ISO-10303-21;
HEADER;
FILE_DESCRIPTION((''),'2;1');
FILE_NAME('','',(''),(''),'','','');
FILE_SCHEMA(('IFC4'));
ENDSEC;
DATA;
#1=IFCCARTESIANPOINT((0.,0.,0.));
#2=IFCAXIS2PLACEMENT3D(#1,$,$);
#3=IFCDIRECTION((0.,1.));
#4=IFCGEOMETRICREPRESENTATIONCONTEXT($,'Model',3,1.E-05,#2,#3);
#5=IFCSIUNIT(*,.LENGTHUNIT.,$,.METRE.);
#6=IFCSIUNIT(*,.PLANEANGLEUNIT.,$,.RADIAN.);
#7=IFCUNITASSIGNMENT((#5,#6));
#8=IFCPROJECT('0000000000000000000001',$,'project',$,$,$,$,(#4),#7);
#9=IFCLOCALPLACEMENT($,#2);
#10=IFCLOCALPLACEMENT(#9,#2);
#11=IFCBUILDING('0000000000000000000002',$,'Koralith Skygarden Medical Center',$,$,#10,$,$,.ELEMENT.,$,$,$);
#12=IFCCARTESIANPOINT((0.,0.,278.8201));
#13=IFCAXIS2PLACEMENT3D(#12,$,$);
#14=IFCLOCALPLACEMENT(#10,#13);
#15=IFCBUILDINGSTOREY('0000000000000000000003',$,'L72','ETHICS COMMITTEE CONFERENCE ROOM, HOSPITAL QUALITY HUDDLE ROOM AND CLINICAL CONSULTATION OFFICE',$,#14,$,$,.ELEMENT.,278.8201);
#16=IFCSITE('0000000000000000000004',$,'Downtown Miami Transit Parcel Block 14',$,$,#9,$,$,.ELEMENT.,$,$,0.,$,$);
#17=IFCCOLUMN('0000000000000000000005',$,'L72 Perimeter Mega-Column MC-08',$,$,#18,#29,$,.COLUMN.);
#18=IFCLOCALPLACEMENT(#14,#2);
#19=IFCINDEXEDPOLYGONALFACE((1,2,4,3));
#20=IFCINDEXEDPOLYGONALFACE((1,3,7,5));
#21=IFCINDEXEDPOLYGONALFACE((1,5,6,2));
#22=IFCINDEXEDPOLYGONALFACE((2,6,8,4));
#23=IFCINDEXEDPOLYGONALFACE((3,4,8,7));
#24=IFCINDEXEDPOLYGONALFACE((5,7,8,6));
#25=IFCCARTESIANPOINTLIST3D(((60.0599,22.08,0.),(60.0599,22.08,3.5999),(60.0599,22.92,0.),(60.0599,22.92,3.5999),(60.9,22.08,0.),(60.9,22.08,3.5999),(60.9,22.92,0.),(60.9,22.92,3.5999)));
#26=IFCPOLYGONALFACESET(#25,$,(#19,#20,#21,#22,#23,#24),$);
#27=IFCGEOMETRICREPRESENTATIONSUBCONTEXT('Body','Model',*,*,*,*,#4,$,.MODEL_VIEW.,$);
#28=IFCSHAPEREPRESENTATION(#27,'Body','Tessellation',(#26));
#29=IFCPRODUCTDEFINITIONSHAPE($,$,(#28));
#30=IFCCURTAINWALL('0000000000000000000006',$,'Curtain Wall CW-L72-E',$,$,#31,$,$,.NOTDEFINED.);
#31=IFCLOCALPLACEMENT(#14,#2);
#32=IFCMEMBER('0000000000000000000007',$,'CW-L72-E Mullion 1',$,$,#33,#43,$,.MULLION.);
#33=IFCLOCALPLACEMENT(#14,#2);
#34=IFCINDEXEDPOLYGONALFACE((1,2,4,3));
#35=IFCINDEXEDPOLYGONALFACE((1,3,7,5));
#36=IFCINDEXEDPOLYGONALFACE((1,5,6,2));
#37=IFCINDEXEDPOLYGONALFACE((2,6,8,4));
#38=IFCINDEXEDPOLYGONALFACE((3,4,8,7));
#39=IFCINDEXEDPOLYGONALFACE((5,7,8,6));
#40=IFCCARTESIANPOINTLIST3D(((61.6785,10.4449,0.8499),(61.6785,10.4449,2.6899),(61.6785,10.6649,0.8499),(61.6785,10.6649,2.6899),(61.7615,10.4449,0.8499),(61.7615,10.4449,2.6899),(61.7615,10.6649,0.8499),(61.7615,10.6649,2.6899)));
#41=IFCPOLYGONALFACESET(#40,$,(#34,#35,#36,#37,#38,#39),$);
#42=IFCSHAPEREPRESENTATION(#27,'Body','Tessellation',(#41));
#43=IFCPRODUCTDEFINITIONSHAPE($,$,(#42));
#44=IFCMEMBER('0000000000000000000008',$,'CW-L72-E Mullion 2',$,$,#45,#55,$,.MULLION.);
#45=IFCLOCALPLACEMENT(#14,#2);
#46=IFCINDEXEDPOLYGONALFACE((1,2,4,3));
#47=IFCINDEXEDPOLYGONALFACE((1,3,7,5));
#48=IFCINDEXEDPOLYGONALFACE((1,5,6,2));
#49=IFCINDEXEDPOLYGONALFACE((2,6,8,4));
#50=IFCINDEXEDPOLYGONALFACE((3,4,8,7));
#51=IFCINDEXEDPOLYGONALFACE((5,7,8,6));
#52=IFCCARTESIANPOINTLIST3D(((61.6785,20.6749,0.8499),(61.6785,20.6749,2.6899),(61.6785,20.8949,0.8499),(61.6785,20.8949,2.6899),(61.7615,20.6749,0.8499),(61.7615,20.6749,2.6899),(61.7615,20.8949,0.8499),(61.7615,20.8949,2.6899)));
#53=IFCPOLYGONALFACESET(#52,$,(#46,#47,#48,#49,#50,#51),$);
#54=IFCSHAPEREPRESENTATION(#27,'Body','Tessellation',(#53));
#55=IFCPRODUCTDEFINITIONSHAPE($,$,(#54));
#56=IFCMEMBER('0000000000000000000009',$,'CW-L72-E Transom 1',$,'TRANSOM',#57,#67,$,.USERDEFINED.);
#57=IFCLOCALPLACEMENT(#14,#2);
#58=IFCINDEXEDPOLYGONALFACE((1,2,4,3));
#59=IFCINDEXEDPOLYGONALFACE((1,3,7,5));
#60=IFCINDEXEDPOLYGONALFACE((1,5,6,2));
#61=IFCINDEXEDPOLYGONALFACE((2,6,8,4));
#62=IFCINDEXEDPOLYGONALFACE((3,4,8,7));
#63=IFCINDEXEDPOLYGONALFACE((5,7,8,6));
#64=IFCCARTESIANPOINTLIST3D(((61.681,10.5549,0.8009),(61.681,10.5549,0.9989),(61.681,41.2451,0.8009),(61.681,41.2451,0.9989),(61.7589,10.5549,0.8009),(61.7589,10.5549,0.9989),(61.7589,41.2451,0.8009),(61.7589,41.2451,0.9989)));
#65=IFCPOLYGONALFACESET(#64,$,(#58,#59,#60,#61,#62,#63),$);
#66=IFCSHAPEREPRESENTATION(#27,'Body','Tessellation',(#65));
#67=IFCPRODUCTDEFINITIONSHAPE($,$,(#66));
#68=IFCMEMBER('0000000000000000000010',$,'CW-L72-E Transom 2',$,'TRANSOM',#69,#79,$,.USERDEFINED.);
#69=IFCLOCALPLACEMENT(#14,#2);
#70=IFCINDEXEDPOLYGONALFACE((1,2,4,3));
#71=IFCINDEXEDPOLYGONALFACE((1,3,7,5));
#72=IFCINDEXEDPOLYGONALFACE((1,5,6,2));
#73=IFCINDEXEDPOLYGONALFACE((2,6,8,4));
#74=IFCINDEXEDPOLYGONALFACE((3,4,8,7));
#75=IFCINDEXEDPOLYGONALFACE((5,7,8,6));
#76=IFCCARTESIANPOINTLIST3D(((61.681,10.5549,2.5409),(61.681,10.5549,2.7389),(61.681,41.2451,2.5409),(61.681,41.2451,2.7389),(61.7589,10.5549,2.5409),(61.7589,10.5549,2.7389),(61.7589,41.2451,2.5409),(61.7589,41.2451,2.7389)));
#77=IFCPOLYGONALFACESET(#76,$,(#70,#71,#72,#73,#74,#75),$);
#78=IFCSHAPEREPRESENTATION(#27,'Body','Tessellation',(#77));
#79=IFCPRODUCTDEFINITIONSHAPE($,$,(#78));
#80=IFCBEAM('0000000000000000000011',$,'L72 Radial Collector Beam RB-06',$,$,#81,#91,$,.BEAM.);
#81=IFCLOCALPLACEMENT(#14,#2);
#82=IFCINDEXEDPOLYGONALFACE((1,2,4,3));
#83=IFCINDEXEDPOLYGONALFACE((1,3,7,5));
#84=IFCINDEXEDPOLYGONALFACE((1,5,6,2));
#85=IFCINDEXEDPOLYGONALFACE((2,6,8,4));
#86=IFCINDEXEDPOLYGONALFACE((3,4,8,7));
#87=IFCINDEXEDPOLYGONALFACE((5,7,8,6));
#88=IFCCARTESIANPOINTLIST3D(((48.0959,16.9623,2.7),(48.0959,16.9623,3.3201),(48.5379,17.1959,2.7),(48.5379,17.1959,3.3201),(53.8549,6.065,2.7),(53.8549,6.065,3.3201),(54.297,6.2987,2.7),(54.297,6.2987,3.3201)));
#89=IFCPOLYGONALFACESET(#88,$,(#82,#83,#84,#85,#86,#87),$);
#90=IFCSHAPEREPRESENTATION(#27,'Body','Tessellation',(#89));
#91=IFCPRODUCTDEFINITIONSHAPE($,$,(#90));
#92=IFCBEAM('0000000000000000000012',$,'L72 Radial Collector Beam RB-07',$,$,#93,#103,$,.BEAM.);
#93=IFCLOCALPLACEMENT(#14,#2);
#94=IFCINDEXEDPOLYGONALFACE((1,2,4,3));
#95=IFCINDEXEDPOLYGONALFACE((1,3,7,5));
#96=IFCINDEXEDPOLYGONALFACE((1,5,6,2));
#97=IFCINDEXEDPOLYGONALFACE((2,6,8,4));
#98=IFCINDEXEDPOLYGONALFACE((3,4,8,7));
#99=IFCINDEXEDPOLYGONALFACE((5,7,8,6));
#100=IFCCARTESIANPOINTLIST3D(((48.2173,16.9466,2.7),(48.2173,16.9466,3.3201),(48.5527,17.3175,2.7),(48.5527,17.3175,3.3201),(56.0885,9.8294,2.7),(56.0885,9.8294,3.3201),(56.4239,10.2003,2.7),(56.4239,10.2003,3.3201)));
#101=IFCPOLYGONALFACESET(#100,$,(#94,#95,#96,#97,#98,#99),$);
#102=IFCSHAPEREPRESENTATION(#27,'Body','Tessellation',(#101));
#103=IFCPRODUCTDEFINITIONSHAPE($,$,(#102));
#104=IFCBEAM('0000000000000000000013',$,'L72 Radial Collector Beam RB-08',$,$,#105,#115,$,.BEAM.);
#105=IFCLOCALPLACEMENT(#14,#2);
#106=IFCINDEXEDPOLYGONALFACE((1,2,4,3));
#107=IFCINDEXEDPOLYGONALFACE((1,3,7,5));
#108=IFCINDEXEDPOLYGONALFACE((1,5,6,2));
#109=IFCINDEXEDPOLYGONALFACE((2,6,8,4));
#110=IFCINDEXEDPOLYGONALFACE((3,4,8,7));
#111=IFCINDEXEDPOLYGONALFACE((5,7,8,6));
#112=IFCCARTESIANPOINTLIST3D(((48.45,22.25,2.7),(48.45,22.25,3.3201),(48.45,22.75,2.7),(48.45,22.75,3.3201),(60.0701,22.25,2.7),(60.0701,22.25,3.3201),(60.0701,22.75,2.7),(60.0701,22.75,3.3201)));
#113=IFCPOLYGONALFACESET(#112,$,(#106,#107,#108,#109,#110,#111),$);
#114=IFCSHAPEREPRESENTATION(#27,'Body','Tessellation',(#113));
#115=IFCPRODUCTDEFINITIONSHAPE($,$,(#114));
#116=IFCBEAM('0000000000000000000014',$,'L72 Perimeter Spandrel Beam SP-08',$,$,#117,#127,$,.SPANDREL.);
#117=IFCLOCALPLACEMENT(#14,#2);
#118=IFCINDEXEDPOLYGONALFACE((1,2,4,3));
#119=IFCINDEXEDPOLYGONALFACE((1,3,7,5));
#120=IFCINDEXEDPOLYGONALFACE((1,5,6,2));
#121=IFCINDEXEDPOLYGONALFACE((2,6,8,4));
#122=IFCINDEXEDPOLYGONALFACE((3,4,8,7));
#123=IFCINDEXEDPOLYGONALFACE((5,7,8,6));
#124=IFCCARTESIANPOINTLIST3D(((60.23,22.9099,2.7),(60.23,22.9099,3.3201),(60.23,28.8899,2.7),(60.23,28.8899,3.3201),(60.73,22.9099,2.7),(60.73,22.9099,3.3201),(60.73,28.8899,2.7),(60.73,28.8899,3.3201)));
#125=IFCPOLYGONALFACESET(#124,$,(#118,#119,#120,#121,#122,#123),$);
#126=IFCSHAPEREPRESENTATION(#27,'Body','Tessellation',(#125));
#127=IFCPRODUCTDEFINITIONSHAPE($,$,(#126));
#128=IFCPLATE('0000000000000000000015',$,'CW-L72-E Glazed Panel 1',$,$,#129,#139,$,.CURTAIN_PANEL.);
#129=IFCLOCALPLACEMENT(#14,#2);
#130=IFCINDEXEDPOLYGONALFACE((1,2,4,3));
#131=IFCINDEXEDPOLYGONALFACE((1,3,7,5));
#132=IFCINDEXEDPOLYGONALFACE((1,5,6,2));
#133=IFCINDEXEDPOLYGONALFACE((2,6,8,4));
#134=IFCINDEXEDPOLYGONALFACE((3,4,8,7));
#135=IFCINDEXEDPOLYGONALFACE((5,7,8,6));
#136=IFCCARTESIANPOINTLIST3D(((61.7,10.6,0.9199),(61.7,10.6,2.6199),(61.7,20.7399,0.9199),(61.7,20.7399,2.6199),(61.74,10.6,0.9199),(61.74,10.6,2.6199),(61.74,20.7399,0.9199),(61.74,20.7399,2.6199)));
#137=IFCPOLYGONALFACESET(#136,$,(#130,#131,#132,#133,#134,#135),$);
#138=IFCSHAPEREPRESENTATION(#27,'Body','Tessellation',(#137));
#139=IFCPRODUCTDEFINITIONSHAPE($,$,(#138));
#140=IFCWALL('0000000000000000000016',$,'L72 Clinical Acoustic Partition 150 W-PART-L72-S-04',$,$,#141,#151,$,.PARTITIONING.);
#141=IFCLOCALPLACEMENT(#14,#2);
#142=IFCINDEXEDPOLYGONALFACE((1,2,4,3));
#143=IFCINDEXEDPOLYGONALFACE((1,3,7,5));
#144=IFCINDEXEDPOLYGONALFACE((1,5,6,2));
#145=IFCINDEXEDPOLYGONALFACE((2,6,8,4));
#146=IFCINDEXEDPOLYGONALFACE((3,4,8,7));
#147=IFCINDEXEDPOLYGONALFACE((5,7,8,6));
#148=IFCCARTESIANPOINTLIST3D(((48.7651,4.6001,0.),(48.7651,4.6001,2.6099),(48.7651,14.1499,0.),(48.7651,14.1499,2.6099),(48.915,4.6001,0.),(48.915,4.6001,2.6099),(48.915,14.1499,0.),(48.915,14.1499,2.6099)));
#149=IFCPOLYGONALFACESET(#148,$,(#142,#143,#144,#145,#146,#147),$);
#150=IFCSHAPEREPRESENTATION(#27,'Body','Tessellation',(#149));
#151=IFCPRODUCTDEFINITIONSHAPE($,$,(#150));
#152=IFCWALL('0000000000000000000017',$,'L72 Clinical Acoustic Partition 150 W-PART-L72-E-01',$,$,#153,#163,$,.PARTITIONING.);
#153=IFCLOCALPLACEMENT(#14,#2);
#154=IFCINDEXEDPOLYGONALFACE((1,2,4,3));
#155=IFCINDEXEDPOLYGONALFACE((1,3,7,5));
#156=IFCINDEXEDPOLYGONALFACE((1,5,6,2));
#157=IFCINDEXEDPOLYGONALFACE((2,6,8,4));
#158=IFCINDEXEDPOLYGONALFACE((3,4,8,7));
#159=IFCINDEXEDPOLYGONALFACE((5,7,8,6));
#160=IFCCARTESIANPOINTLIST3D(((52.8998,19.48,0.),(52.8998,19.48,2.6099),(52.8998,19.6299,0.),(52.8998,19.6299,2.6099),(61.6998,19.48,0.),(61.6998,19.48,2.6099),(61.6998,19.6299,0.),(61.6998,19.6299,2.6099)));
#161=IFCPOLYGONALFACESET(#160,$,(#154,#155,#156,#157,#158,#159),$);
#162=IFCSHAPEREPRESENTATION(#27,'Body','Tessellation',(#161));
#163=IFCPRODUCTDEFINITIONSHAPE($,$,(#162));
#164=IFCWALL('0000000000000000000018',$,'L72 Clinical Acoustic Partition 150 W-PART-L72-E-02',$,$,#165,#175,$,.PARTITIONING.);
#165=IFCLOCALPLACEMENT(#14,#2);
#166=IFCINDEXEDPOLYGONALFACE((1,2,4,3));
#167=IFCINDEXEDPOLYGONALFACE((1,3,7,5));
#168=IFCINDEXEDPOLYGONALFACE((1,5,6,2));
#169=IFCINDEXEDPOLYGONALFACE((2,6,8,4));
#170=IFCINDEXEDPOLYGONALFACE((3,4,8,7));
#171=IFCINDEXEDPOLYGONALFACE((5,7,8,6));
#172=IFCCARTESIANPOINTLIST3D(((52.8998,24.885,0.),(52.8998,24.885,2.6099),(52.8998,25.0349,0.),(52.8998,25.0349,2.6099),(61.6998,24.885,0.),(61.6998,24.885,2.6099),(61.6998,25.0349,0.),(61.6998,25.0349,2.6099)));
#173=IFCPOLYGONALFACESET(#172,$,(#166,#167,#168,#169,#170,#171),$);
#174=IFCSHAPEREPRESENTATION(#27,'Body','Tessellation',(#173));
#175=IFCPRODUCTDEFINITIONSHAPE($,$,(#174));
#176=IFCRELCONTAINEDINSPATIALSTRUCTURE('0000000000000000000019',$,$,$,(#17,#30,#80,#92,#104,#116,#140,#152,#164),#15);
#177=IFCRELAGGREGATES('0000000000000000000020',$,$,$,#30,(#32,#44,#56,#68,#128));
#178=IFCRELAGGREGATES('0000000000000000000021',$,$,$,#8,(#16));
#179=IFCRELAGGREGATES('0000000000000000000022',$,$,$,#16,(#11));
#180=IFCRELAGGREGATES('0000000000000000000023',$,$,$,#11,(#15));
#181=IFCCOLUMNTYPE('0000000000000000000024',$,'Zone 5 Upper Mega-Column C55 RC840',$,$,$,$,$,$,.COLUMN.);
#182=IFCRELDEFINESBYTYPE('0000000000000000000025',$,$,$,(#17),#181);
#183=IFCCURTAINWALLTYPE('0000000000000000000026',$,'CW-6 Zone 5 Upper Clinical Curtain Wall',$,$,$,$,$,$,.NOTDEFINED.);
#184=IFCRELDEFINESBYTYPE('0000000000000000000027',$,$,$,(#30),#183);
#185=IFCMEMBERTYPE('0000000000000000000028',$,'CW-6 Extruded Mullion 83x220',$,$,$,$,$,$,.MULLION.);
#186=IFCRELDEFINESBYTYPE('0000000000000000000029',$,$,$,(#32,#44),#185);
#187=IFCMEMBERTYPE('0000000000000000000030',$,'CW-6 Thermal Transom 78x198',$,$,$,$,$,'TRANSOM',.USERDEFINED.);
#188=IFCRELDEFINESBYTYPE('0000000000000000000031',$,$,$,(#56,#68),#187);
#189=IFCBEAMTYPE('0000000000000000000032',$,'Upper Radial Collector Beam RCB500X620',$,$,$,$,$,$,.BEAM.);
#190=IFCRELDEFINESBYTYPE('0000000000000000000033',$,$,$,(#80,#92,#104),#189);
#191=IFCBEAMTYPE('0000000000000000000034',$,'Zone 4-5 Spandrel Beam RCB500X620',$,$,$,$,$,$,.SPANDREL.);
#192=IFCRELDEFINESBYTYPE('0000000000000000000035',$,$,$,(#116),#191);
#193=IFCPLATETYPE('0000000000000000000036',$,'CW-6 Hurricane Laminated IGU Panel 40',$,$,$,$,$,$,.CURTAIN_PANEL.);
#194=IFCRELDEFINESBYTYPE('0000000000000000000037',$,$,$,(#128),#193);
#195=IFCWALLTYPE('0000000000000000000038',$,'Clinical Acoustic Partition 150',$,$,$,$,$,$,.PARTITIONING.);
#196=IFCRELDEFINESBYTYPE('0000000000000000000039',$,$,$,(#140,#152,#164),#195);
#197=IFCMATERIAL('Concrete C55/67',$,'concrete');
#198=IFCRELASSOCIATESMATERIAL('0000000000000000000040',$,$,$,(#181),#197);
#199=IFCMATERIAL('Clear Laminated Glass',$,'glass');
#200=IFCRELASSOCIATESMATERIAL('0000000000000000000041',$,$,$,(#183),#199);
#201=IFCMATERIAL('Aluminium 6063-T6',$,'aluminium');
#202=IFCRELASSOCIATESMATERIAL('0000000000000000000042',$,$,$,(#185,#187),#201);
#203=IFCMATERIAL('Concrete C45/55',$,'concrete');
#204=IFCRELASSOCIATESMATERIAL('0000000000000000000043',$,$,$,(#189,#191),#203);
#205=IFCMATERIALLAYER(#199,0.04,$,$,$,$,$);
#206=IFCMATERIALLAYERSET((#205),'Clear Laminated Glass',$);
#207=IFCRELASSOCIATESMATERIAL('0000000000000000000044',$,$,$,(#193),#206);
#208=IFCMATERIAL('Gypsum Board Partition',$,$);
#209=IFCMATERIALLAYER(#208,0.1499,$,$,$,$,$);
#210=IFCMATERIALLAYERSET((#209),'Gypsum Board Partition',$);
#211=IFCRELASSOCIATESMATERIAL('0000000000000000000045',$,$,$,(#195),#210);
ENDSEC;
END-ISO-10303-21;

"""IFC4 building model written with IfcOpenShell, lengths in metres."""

from ifc_helpers import new_model, si_unit, direction, frame, frame_2d, origin, origin_2d, place, context, subcontext, project, spatial, rectangle, extrude, material, layer, layer_set, material_profile, profile_set, type_object, element, aggregate, save


model = new_model("IFC4")

# Units and contexts
model_context = context("Model", 3, precision=1e-05, world=origin(), true_north=direction((0.0, 1.0)))
body_context = subcontext(model_context, "Body", "Model", "MODEL_VIEW")
ifc_project = project(units=[si_unit("LENGTHUNIT", "METRE"), si_unit("PLANEANGLEUNIT", "RADIAN")], contexts=[model_context])

# Site, building, storey
site_placement = place(None, origin())
site = spatial("IfcSite", under=ifc_project, at=site_placement, Name="Downtown Miami Transit Parcel Block 14", CompositionType="ELEMENT", RefElevation=0.0)
building_placement = place(site_placement, origin())
building = spatial("IfcBuilding", under=site, at=building_placement, Name="Koralith Skygarden Medical Center", CompositionType="ELEMENT")
storey_placement = place(building_placement, frame((0.0, 0.0, 278.8201)))
storey = spatial("IfcBuildingStorey", under=building, at=storey_placement, Name="L72", Description="ETHICS COMMITTEE CONFERENCE ROOM, HOSPITAL QUALITY HUDDLE ROOM AND CLINICAL CONSULTATION OFFICE", CompositionType="ELEMENT", Elevation=278.8201)

# Column
ifc_material_1 = material(Name="Concrete C55/67", Category="concrete")
ifc_material_profile_1 = material_profile(ifc_material_1, rectangle(XDim=0.8401, YDim=0.8401, at=origin_2d()), Name="RC840X840")
ifc_profile_set_1 = profile_set([ifc_material_profile_1], Name="Concrete C55/67")
column_type = type_object("IfcColumnType", Name="Zone 5 Upper Mega-Column C55 RC840", PredefinedType="COLUMN", material=ifc_profile_set_1)
column_placement = place(storey_placement, frame((60.48, 22.5, 0.0), z_axis=(0.0, 0.0, 1.0), x_axis=(1.0, 0.0, 0.0)))
element("IfcColumn", 1, at=column_placement, inside=storey, type_object=column_type, Name="L72 Perimeter Mega-Column MC-08", PredefinedType="COLUMN", context=body_context, shape_type="SweptSolid", body=[
    extrude(rectangle(XDim=0.8401, YDim=0.8401, at=origin_2d()), origin(), (0.0, 0.0, 1.0), 3.5999),
])

# Curtain wall, members
ifc_material_2 = material(Name="Clear Laminated Glass", Category="glass")
curtain_wall_type = type_object("IfcCurtainWallType", Name="CW-6 Zone 5 Upper Clinical Curtain Wall", PredefinedType="NOTDEFINED", material=ifc_material_2)
curtain_wall_placement = place(storey_placement, origin())
curtain_wall = element("IfcCurtainWall", 2, at=curtain_wall_placement, inside=storey, type_object=curtain_wall_type, Name="Curtain Wall CW-L72-E", PredefinedType="NOTDEFINED")
ifc_material_3 = material(Name="Aluminium 6063-T6", Category="aluminium")
ifc_material_profile_2 = material_profile(ifc_material_3, rectangle(XDim=0.083, YDim=0.22, at=origin_2d()), Name="MUL83X220")
ifc_profile_set_2 = profile_set([ifc_material_profile_2], Name="Aluminium 6063-T6")
member_type_1 = type_object("IfcMemberType", Name="CW-6 Extruded Mullion 83x220", PredefinedType="MULLION", material=ifc_profile_set_2)
member_1_placement = place(storey_placement, frame((61.72, 10.5549, 0.8499), z_axis=(0.0, 0.0, 1.0), x_axis=(1.0, 0.0, 0.0)))
member_1 = element("IfcMember", 3, at=member_1_placement, type_object=member_type_1, Name="CW-L72-E Mullion 1", PredefinedType="MULLION", context=body_context, shape_type="SweptSolid", body=[
    extrude(rectangle(XDim=0.083, YDim=0.22, at=origin_2d()), origin(), (0.0, 0.0, 1.0), 1.8401),
])
member_2_placement = place(storey_placement, frame((61.72, 20.7849, 0.8499), z_axis=(0.0, 0.0, 1.0), x_axis=(1.0, 0.0, 0.0)))
member_2 = element("IfcMember", 4, at=member_2_placement, type_object=member_type_1, Name="CW-L72-E Mullion 2", PredefinedType="MULLION", context=body_context, shape_type="SweptSolid", body=[
    extrude(rectangle(XDim=0.083, YDim=0.22, at=origin_2d()), origin(), (0.0, 0.0, 1.0), 1.8401),
])
ifc_material_profile_3 = material_profile(ifc_material_3, rectangle(XDim=0.0779, YDim=0.198, at=origin_2d()), Name="TRN78X198")
ifc_profile_set_3 = profile_set([ifc_material_profile_3], Name="Aluminium 6063-T6")
member_type_2 = type_object("IfcMemberType", Name="CW-6 Thermal Transom 78x198", ElementType="TRANSOM", PredefinedType="USERDEFINED", material=ifc_profile_set_3)
member_3_placement = place(storey_placement, frame((61.72, 10.5549, 0.8999), z_axis=(0.0, 1.0, 0.0), x_axis=(-1.0, 0.0, 0.0)))
member_3 = element("IfcMember", 5, at=member_3_placement, type_object=member_type_2, Name="CW-L72-E Transom 1", ObjectType="TRANSOM", PredefinedType="USERDEFINED", context=body_context, shape_type="SweptSolid", body=[
    extrude(rectangle(XDim=0.0779, YDim=0.198, at=origin_2d()), origin(), (0.0, 0.0, 1.0), 30.6902),
])
member_4_placement = place(storey_placement, frame((61.72, 10.5549, 2.6399), z_axis=(0.0, 1.0, 0.0), x_axis=(-1.0, 0.0, 0.0)))
member_4 = element("IfcMember", 6, at=member_4_placement, type_object=member_type_2, Name="CW-L72-E Transom 2", ObjectType="TRANSOM", PredefinedType="USERDEFINED", context=body_context, shape_type="SweptSolid", body=[
    extrude(rectangle(XDim=0.0779, YDim=0.198, at=origin_2d()), origin(), (0.0, 0.0, 1.0), 30.6902),
])

# Beams
ifc_material_4 = material(Name="Concrete C45/55", Category="concrete")
ifc_material_profile_4 = material_profile(ifc_material_4, rectangle(XDim=0.5, YDim=0.6201, at=origin_2d()), Name="RCB500X620")
ifc_profile_set_4 = profile_set([ifc_material_profile_4], Name="Concrete C45/55")
beam_type_1 = type_object("IfcBeamType", Name="Upper Radial Collector Beam RCB500X620", PredefinedType="BEAM", material=ifc_profile_set_4)
beam_1_placement = place(storey_placement, frame((48.3169, 17.0791, 3.01), z_axis=(0.467249, -0.884126, 0.0), x_axis=(0.884126, 0.467249, 0.0)))
element("IfcBeam", 7, at=beam_1_placement, inside=storey, type_object=beam_type_1, Name="L72 Radial Collector Beam RB-06", PredefinedType="BEAM", context=body_context, shape_type="SweptSolid", body=[
    extrude(rectangle(XDim=0.5, YDim=0.6201, at=origin_2d()), origin(), (0.0, 0.0, 1.0), 12.3254),
])
beam_2_placement = place(storey_placement, frame((48.385, 17.1321, 3.01), z_axis=(0.741736, -0.670692, 0.0), x_axis=(0.670692, 0.741736, 0.0)))
element("IfcBeam", 8, at=beam_2_placement, inside=storey, type_object=beam_type_1, Name="L72 Radial Collector Beam RB-07", PredefinedType="BEAM", context=body_context, shape_type="SweptSolid", body=[
    extrude(rectangle(XDim=0.5, YDim=0.6201, at=origin_2d()), origin(), (0.0, 0.0, 1.0), 10.6118),
])
beam_3_placement = place(storey_placement, frame((48.45, 22.5, 3.01), z_axis=(1.0, 0.0, 0.0), x_axis=(0.0, 1.0, 0.0)))
element("IfcBeam", 9, at=beam_3_placement, inside=storey, type_object=beam_type_1, Name="L72 Radial Collector Beam RB-08", PredefinedType="BEAM", context=body_context, shape_type="SweptSolid", body=[
    extrude(rectangle(XDim=0.5, YDim=0.6201, at=origin_2d()), origin(), (0.0, 0.0, 1.0), 11.6201),
])
ifc_material_profile_5 = material_profile(ifc_material_4, rectangle(XDim=0.5, YDim=0.6201, at=origin_2d()), Name="RCB500X620")
ifc_profile_set_5 = profile_set([ifc_material_profile_5], Name="Concrete C45/55")
beam_type_2 = type_object("IfcBeamType", Name="Zone 4-5 Spandrel Beam RCB500X620", PredefinedType="SPANDREL", material=ifc_profile_set_5)
beam_4_placement = place(storey_placement, frame((60.48, 22.9099, 3.01), z_axis=(0.0, 1.0, 0.0), x_axis=(-1.0, 0.0, 0.0)))
element("IfcBeam", 10, at=beam_4_placement, inside=storey, type_object=beam_type_2, Name="L72 Perimeter Spandrel Beam SP-08", PredefinedType="SPANDREL", context=body_context, shape_type="SweptSolid", body=[
    extrude(rectangle(XDim=0.5, YDim=0.6201, at=origin_2d()), origin(), (0.0, 0.0, 1.0), 5.98),
])

# Plate
ifc_layer_1 = layer(ifc_material_2, 0.04)
ifc_layer_set_1 = layer_set([ifc_layer_1], Name="Clear Laminated Glass")
plate_type = type_object("IfcPlateType", Name="CW-6 Hurricane Laminated IGU Panel 40", PredefinedType="CURTAIN_PANEL", material=ifc_layer_set_1)
plate_placement = place(storey_placement, frame((61.72, 15.6699, 0.9199), z_axis=(0.0, 0.0, 1.0), x_axis=(0.0, 1.0, 0.0)))
plate = element("IfcPlate", 11, at=plate_placement, type_object=plate_type, Name="CW-L72-E Glazed Panel 1", PredefinedType="CURTAIN_PANEL", context=body_context, shape_type="SweptSolid", body=[
    extrude(rectangle(XDim=10.1399, YDim=0.04, at=origin_2d()), origin(), (0.0, 0.0, 1.0), 1.7),
])
aggregate(curtain_wall, [member_1, member_2, member_3, member_4, plate])

# Walls
ifc_material_5 = material(Name="Gypsum Board Partition")
ifc_layer_2 = layer(ifc_material_5, 0.1499)
ifc_layer_set_2 = layer_set([ifc_layer_2], Name="Gypsum Board Partition")
wall_type_1 = type_object("IfcWallType", Name="Clinical Acoustic Partition 150", PredefinedType="PARTITIONING", material=ifc_layer_set_2)
wall_1_placement = place(storey_placement, frame((48.8401, 14.1499, 0.0), z_axis=(0.0, 0.0, 1.0), x_axis=(0.0, -1.0, 0.0)))
element("IfcWall", 12, at=wall_1_placement, inside=storey, type_object=wall_type_1, Name="L72 Clinical Acoustic Partition 150 W-PART-L72-S-04", PredefinedType="PARTITIONING", context=body_context, shape_type="SweptSolid", body=[
    extrude(rectangle(XDim=9.5498, YDim=0.1499, at=frame_2d((4.7749, 0.0))), origin(), (0.0, 0.0, 1.0), 2.6099),
])
for number, where, z_axis, x_axis, name in (
    (13, (52.8999, 19.5549, 0.0), (0.0, 0.0, 1.0), (1.0, 0.0, 0.0), "L72 Clinical Acoustic Partition 150 W-PART-L72-E-01"),
    (14, (52.8999, 24.96, 0.0), (0.0, 0.0, 1.0), (1.0, 0.0, 0.0), "L72 Clinical Acoustic Partition 150 W-PART-L72-E-02"),
):
    element("IfcWall", number, at=place(storey_placement, frame(where, z_axis=z_axis, x_axis=x_axis)), inside=storey, type_object=wall_type_1, Name=name, PredefinedType="PARTITIONING", context=body_context, shape_type="SweptSolid", body=[
        extrude(rectangle(XDim=8.8, YDim=0.1499, at=frame_2d((4.3999, 0.0))), origin(), (0.0, 0.0, 1.0), 2.6099),
    ])

save(model, "model.ifc")
